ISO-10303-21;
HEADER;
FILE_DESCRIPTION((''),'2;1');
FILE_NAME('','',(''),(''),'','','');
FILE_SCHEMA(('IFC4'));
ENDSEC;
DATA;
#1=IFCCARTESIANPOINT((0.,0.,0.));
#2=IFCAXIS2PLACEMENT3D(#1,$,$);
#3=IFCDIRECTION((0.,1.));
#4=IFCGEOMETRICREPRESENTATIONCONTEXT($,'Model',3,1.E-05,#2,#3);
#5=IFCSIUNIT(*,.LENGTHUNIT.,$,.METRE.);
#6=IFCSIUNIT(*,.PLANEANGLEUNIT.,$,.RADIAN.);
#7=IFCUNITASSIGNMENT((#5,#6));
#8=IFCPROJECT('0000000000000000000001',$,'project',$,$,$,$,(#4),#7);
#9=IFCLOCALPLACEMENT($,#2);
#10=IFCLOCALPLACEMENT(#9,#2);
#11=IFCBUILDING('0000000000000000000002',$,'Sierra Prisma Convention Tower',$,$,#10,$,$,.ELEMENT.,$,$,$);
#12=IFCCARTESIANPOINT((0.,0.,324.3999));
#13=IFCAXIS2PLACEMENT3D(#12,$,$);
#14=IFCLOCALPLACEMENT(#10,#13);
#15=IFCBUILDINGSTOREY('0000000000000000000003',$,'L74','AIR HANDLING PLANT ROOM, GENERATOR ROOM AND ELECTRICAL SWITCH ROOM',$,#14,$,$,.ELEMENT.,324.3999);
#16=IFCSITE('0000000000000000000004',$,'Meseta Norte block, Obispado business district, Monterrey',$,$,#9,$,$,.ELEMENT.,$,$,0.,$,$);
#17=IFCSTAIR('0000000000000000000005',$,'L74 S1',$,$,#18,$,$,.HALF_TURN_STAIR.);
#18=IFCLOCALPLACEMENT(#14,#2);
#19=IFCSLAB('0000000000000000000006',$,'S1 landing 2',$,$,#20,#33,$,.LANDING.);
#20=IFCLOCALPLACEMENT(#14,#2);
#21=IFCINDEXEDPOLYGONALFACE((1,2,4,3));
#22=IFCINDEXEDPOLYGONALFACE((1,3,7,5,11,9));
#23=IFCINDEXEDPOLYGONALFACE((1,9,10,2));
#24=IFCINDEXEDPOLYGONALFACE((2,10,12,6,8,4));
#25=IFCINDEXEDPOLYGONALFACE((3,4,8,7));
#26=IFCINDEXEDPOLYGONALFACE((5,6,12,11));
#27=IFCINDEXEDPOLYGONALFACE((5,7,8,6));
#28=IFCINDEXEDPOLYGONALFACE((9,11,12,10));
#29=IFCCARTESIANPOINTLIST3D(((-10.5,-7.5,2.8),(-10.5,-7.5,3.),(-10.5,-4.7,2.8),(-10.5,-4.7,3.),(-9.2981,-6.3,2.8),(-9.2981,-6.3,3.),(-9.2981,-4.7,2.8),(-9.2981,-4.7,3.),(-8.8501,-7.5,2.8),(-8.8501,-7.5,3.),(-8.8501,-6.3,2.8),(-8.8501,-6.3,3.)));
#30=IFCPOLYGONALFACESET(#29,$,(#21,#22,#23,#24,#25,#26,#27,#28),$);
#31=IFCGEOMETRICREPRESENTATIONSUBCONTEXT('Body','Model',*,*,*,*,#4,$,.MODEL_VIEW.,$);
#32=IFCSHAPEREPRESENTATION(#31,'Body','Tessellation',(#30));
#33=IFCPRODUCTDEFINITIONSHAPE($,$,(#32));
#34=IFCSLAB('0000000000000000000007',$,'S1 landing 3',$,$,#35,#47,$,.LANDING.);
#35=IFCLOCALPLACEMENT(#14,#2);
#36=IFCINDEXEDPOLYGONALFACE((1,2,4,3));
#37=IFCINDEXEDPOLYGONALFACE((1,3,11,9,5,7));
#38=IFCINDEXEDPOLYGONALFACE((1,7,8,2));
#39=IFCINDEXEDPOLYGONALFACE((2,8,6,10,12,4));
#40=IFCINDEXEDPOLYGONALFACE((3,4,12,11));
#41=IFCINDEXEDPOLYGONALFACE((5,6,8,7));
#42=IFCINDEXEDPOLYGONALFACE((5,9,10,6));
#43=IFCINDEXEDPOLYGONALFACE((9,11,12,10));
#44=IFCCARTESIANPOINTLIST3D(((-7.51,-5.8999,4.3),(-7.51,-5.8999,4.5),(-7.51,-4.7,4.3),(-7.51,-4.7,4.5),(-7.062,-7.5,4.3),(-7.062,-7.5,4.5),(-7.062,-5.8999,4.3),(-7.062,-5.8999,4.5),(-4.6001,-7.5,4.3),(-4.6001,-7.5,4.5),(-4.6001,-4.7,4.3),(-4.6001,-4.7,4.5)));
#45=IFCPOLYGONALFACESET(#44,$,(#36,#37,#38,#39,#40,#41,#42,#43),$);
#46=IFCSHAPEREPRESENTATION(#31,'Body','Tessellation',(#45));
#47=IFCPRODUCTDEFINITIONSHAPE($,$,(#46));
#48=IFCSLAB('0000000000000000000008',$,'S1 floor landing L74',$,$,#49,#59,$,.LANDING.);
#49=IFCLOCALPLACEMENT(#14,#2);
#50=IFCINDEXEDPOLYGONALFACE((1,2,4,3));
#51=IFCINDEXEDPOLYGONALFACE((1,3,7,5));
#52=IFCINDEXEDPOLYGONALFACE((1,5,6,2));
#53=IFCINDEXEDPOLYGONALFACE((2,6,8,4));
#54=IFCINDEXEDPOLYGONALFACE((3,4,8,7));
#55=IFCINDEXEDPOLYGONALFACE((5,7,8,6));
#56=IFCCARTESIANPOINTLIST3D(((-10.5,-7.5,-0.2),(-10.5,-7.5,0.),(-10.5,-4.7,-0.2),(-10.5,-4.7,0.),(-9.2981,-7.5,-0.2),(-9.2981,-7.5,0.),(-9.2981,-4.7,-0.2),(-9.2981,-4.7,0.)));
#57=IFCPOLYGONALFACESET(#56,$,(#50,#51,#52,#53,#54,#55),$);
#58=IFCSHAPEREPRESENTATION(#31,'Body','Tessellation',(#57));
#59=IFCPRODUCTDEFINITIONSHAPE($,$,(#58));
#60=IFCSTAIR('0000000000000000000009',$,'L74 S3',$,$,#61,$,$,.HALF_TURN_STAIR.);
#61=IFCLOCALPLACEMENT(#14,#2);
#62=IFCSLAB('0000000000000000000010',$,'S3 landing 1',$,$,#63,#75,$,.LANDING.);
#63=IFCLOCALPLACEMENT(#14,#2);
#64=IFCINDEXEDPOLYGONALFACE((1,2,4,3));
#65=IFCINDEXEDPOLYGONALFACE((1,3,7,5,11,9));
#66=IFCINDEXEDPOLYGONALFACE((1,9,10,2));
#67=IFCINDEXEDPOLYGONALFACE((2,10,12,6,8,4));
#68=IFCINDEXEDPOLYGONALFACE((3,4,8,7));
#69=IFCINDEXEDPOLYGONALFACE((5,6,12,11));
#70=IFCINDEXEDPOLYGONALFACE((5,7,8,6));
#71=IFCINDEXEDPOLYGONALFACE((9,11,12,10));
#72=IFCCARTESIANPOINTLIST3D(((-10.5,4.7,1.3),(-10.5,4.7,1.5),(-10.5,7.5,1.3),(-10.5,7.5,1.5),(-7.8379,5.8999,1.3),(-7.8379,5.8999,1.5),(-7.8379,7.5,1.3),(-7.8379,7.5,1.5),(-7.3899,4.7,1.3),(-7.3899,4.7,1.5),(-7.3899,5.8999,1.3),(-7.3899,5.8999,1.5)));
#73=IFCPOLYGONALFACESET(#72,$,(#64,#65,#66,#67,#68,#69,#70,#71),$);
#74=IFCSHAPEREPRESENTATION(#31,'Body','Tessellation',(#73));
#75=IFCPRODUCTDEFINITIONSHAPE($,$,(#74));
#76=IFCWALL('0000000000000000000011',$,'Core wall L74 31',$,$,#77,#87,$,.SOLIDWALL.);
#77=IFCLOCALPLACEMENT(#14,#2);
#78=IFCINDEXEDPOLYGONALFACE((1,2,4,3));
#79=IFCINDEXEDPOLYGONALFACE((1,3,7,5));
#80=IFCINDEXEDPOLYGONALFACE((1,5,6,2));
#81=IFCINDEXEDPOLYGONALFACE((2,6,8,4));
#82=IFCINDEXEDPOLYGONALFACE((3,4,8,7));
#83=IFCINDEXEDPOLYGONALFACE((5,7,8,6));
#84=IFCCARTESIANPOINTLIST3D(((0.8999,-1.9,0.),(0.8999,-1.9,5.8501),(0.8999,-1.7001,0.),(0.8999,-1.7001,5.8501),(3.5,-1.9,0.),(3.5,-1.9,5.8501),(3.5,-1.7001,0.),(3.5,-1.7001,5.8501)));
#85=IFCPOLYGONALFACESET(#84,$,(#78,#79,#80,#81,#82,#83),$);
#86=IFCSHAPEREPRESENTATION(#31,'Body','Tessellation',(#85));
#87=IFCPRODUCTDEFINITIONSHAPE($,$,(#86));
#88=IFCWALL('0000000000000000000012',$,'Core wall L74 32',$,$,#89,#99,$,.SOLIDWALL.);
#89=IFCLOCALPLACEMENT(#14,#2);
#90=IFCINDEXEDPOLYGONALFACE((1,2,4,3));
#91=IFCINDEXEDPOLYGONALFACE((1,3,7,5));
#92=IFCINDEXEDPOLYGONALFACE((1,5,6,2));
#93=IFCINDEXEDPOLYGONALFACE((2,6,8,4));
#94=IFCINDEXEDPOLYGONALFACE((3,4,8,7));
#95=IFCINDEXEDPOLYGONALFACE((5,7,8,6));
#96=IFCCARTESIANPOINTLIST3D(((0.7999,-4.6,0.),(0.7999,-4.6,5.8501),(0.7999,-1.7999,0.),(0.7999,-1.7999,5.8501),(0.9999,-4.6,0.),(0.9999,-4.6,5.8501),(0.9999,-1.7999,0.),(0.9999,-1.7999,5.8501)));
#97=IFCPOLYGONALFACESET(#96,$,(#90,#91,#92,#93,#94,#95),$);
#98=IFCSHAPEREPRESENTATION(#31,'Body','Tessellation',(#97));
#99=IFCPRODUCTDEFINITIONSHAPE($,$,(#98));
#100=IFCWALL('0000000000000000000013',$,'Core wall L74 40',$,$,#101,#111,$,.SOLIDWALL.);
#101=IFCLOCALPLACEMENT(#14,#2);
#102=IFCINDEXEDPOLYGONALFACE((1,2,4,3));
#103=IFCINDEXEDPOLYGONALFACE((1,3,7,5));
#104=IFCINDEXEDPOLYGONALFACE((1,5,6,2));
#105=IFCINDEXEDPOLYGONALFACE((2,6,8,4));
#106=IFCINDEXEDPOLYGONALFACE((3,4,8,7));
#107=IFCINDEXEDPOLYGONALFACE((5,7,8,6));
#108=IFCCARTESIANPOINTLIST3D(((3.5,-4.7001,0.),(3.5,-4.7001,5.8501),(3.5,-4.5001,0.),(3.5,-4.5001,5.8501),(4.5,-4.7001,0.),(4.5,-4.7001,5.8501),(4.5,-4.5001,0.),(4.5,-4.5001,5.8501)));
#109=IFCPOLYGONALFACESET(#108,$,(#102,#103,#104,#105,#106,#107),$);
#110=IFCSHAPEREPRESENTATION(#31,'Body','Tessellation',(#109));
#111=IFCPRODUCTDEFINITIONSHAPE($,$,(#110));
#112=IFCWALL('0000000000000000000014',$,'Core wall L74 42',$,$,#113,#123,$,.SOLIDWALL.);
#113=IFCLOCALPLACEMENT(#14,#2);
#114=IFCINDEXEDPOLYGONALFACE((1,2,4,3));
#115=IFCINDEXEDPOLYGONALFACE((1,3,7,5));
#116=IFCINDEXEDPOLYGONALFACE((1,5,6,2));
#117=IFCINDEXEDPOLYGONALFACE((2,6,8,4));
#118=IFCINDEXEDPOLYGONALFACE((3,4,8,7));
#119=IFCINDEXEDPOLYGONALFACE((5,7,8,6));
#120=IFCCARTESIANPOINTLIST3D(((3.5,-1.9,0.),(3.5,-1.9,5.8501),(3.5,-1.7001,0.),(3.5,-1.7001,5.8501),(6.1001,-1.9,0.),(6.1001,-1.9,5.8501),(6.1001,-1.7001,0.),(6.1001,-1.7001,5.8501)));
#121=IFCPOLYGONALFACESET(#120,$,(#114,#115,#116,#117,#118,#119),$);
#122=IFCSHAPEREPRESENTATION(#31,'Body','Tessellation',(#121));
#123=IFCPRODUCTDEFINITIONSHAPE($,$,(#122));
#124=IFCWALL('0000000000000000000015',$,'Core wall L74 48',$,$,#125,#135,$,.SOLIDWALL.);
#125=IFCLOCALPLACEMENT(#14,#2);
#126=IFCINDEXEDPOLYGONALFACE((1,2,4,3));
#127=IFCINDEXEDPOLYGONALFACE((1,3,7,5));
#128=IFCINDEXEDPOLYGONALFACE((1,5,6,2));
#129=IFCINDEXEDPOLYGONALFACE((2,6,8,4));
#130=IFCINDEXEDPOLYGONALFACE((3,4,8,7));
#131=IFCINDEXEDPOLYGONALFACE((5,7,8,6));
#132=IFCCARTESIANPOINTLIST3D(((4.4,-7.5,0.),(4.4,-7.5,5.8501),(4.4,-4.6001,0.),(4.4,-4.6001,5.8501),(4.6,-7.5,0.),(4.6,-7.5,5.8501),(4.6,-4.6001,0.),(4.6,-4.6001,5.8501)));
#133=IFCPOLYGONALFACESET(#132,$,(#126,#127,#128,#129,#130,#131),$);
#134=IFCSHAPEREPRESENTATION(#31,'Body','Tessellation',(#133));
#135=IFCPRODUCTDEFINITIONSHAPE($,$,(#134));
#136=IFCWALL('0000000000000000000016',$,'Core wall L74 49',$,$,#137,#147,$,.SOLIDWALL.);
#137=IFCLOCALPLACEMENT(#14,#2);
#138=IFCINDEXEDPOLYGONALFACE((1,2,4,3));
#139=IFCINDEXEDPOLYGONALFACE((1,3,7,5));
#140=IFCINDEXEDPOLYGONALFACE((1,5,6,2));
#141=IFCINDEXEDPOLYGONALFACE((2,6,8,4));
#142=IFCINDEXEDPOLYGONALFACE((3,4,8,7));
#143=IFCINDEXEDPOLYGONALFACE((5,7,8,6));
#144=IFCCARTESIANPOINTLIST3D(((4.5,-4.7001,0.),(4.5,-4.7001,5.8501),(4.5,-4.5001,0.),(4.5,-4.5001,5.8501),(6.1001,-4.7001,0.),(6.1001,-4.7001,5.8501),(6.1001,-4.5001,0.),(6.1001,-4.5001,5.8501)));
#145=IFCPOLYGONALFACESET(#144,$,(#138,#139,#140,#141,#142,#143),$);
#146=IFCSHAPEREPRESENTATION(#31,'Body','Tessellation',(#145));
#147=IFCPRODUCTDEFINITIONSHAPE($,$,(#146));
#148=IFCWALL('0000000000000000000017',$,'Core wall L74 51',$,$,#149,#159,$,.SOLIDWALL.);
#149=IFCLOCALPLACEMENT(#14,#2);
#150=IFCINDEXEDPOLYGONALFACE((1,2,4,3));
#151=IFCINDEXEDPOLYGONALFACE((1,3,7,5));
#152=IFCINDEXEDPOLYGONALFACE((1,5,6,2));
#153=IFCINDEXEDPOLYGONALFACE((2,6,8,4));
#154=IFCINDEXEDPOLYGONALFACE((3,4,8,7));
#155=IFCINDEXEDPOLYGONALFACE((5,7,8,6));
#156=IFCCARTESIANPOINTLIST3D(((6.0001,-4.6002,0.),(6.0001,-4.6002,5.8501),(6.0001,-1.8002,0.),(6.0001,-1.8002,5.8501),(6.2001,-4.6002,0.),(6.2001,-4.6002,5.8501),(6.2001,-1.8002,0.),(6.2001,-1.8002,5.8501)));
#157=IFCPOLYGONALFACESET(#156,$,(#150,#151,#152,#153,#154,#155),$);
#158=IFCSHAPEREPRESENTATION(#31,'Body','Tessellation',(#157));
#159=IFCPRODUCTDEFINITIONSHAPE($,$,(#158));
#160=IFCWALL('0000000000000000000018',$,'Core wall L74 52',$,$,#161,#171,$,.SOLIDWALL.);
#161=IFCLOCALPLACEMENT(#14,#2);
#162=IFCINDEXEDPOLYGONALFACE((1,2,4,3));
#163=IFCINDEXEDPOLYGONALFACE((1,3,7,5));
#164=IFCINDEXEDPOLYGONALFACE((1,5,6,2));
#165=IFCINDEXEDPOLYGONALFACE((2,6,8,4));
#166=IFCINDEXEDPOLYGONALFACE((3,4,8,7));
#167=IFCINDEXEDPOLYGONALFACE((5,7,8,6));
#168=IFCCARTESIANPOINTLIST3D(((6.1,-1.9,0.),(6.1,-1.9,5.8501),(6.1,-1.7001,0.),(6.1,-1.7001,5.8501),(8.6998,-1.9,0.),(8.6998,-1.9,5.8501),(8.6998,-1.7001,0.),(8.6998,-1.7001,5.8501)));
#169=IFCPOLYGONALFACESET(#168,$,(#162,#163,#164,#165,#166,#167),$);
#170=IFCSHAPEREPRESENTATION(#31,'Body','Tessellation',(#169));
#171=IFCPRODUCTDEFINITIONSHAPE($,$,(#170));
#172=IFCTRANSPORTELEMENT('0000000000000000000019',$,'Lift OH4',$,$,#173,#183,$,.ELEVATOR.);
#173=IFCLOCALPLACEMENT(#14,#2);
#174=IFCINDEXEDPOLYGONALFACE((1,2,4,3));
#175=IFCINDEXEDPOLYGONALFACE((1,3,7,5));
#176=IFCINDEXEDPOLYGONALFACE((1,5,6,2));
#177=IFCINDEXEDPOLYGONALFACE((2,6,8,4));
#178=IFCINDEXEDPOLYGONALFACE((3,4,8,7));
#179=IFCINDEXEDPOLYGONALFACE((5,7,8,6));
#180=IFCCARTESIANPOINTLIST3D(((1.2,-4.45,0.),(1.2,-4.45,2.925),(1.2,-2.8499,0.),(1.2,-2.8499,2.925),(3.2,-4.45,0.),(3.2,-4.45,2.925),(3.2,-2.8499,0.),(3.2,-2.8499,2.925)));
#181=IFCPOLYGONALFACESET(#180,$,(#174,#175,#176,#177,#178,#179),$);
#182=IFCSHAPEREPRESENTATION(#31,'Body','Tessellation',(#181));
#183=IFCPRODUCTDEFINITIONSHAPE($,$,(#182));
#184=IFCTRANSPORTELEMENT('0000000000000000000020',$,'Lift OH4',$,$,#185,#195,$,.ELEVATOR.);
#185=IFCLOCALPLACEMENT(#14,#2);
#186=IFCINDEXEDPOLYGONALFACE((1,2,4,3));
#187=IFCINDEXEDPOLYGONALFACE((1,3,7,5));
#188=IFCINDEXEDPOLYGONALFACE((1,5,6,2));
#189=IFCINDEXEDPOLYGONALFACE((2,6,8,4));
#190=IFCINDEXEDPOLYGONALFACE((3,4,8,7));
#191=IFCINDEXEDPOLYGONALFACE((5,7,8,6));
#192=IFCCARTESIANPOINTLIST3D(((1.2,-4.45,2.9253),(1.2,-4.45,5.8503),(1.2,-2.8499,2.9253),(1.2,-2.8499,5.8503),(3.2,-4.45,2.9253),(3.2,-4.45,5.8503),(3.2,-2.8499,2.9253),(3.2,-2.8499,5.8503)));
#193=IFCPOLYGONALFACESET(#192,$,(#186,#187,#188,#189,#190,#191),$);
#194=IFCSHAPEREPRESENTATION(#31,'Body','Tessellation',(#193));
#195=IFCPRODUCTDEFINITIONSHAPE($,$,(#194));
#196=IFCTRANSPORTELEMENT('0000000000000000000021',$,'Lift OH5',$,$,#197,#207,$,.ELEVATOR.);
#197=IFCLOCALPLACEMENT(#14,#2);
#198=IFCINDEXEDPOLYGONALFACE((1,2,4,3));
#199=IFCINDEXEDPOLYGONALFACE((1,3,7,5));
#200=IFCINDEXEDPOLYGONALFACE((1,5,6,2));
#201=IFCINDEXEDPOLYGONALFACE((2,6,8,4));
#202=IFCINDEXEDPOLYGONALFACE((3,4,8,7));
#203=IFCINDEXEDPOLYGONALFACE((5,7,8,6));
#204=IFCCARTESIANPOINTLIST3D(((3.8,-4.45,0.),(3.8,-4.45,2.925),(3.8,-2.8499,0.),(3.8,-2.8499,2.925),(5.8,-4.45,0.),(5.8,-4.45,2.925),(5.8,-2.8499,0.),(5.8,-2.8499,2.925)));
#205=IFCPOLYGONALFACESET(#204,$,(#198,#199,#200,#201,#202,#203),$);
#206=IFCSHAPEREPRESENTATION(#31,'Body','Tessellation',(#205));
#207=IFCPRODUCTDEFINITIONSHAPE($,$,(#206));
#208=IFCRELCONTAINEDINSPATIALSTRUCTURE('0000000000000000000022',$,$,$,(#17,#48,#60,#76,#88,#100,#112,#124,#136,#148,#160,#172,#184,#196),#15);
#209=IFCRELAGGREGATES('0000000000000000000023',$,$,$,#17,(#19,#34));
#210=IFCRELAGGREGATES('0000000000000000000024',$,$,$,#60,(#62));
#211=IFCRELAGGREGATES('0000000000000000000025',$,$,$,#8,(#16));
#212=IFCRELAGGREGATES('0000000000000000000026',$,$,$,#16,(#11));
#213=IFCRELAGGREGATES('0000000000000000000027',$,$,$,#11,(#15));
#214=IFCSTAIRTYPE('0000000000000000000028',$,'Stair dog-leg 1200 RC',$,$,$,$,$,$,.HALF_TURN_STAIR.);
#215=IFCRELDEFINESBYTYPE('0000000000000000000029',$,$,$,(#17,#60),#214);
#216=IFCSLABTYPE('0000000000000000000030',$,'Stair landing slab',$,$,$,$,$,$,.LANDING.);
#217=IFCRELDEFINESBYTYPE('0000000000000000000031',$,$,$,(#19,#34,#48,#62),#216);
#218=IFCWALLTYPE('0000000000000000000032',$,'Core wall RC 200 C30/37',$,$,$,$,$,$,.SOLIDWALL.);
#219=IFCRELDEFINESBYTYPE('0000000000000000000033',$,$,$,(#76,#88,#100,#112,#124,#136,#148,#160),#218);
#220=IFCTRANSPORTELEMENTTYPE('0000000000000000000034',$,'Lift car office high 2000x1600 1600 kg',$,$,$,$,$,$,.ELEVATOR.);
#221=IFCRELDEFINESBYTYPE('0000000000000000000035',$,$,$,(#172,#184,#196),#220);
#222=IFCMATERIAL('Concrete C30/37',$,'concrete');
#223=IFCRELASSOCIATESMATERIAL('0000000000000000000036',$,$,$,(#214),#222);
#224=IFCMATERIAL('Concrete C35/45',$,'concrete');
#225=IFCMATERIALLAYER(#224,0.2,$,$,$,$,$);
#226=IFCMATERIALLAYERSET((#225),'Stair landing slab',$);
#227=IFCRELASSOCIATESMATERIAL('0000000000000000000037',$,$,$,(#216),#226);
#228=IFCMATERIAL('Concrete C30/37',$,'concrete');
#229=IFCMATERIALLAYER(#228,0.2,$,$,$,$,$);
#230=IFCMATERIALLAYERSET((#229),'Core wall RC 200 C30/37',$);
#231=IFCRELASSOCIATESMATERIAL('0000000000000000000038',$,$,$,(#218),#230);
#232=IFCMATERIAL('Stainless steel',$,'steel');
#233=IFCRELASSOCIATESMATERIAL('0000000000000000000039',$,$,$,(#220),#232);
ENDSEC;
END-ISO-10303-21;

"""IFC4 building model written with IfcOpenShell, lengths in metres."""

from ifc_helpers import new_model, si_unit, direction, frame, frame_2d, origin, origin_2d, place, context, subcontext, project, spatial, polyline, rectangle, outline, extrude, material, layer, layer_set, type_object, element, aggregate, save


model = new_model("IFC4")

# Units and contexts
model_context = context("Model", 3, precision=1e-05, world=origin(), true_north=direction((0.0, 1.0)))
body_context = subcontext(model_context, "Body", "Model", "MODEL_VIEW")
ifc_project = project(units=[si_unit("LENGTHUNIT", "METRE"), si_unit("PLANEANGLEUNIT", "RADIAN")], contexts=[model_context])

# Site, building, storey
site_placement = place(None, origin())
site = spatial("IfcSite", under=ifc_project, at=site_placement, Name="Meseta Norte block, Obispado business district, Monterrey", CompositionType="ELEMENT", RefElevation=0.0)
building_placement = place(site_placement, origin())
building = spatial("IfcBuilding", under=site, at=building_placement, Name="Sierra Prisma Convention Tower", CompositionType="ELEMENT")
storey_placement = place(building_placement, frame((0.0, 0.0, 324.3999)))
storey = spatial("IfcBuildingStorey", under=building, at=storey_placement, Name="L74", Description="AIR HANDLING PLANT ROOM, GENERATOR ROOM AND ELECTRICAL SWITCH ROOM", CompositionType="ELEMENT", Elevation=324.3999)

# Stair, slabs
ifc_material_1 = material(Name="Concrete C30/37", Category="concrete")
stair_type = type_object("IfcStairType", Name="Stair dog-leg 1200 RC", PredefinedType="HALF_TURN_STAIR", material=ifc_material_1)
stair_1_placement = place(storey_placement, origin())
stair_1 = element("IfcStair", 1, at=stair_1_placement, inside=storey, type_object=stair_type, Name="L74 S1", PredefinedType="HALF_TURN_STAIR")
ifc_material_2 = material(Name="Concrete C35/45", Category="concrete")
ifc_layer_1 = layer(ifc_material_2, 0.2)
ifc_layer_set_1 = layer_set([ifc_layer_1], Name="Stair landing slab")
slab_type_1 = type_object("IfcSlabType", Name="Stair landing slab", PredefinedType="LANDING", material=ifc_layer_set_1)
slab_1_placement = place(storey_placement, frame((0.0, 0.0, 2.8)))
slab_1 = element("IfcSlab", 2, at=slab_1_placement, type_object=slab_type_1, Name="S1 landing 2", PredefinedType="LANDING", context=body_context, shape_type="SweptSolid", body=[
    extrude(outline(polyline([(-10.5, -7.5), (-10.5, -4.7), (-9.2981, -4.7), (-9.2981, -6.3), (-8.8501, -6.3), (-8.8501, -7.5), (-10.5, -7.5)])), origin(), (0.0, 0.0, 1.0), 0.2),
])
slab_2_placement = place(storey_placement, frame((0.0, 0.0, 4.3)))
slab_2 = element("IfcSlab", 3, at=slab_2_placement, type_object=slab_type_1, Name="S1 landing 3", PredefinedType="LANDING", context=body_context, shape_type="SweptSolid", body=[
    extrude(outline(polyline([(-4.6001, -4.7), (-4.6001, -7.5), (-7.062, -7.5), (-7.062, -5.8999), (-7.51, -5.8999), (-7.51, -4.7), (-4.6001, -4.7)])), origin(), (0.0, 0.0, 1.0), 0.2),
])
aggregate(stair_1, [slab_1, slab_2])

# Slab
slab_3_placement = place(storey_placement, frame((0.0, 0.0, -0.2)))
element("IfcSlab", 4, at=slab_3_placement, inside=storey, type_object=slab_type_1, Name="S1 floor landing L74", PredefinedType="LANDING", context=body_context, shape_type="SweptSolid", body=[
    extrude(outline(polyline([(-10.5, -7.5), (-9.2981, -7.5), (-9.2981, -4.7), (-10.5, -4.7), (-10.5, -7.5)])), origin(), (0.0, 0.0, 1.0), 0.2),
])

# Stair, slab
stair_2_placement = place(storey_placement, origin())
stair_2 = element("IfcStair", 5, at=stair_2_placement, inside=storey, type_object=stair_type, Name="L74 S3", PredefinedType="HALF_TURN_STAIR")
slab_4_placement = place(storey_placement, frame((0.0, 0.0, 1.3)))
slab_4 = element("IfcSlab", 6, at=slab_4_placement, type_object=slab_type_1, Name="S3 landing 1", PredefinedType="LANDING", context=body_context, shape_type="SweptSolid", body=[
    extrude(outline(polyline([(-7.3899, 5.8999), (-7.3899, 4.7), (-10.5, 4.7), (-10.5, 7.5), (-7.8379, 7.5), (-7.8379, 5.8999), (-7.3899, 5.8999)])), origin(), (0.0, 0.0, 1.0), 0.2),
])
aggregate(stair_2, [slab_4])

# Walls
ifc_material_3 = material(Name="Concrete C30/37", Category="concrete")
ifc_layer_2 = layer(ifc_material_3, 0.2)
ifc_layer_set_2 = layer_set([ifc_layer_2], Name="Core wall RC 200 C30/37")
wall_type = type_object("IfcWallType", Name="Core wall RC 200 C30/37", PredefinedType="SOLIDWALL", material=ifc_layer_set_2)
wall_1_placement = place(storey_placement, frame((0.8999, -1.8, 0.0), z_axis=(0.0, 0.0, 1.0), x_axis=(1.0, 0.0, 0.0)))
element("IfcWall", 7, at=wall_1_placement, inside=storey, type_object=wall_type, Name="Core wall L74 31", PredefinedType="SOLIDWALL", context=body_context, shape_type="SweptSolid", body=[
    extrude(rectangle(XDim=2.6001, YDim=0.2, at=frame_2d((1.3, 0.0))), origin(), (0.0, 0.0, 1.0), 5.8501),
])
wall_2_placement = place(storey_placement, frame((0.8999, -1.8, 0.0), z_axis=(0.0, 0.0, 1.0), x_axis=(0.0, -1.0, 0.0)))
element("IfcWall", 8, at=wall_2_placement, inside=storey, type_object=wall_type, Name="Core wall L74 32", PredefinedType="SOLIDWALL", context=body_context, shape_type="SweptSolid", body=[
    extrude(rectangle(XDim=2.8, YDim=0.2, at=frame_2d((1.3999, 0.0))), origin(), (0.0, 0.0, 1.0), 5.8501),
])
wall_3_placement = place(storey_placement, frame((4.5, -4.6001, 0.0), z_axis=(0.0, 0.0, 1.0), x_axis=(-1.0, 0.0, 0.0)))
element("IfcWall", 9, at=wall_3_placement, inside=storey, type_object=wall_type, Name="Core wall L74 40", PredefinedType="SOLIDWALL", context=body_context, shape_type="SweptSolid", body=[
    extrude(rectangle(XDim=1.0, YDim=0.2, at=frame_2d((0.5, 0.0))), origin(), (0.0, 0.0, 1.0), 5.8501),
])
wall_4_placement = place(storey_placement, frame((3.5, -1.8, 0.0), z_axis=(0.0, 0.0, 1.0), x_axis=(1.0, 0.0, 0.0)))
element("IfcWall", 10, at=wall_4_placement, inside=storey, type_object=wall_type, Name="Core wall L74 42", PredefinedType="SOLIDWALL", context=body_context, shape_type="SweptSolid", body=[
    extrude(rectangle(XDim=2.6001, YDim=0.2, at=frame_2d((1.3, 0.0))), origin(), (0.0, 0.0, 1.0), 5.8501),
])
wall_5_placement = place(storey_placement, frame((4.5, -4.6001, 0.0), z_axis=(0.0, 0.0, 1.0), x_axis=(0.0, -1.0, 0.0)))
element("IfcWall", 11, at=wall_5_placement, inside=storey, type_object=wall_type, Name="Core wall L74 48", PredefinedType="SOLIDWALL", context=body_context, shape_type="SweptSolid", body=[
    extrude(rectangle(XDim=2.8999, YDim=0.2, at=frame_2d((1.45, 0.0))), origin(), (0.0, 0.0, 1.0), 5.8501),
])
wall_6_placement = place(storey_placement, frame((6.1001, -4.6001, 0.0), z_axis=(0.0, 0.0, 1.0), x_axis=(-1.0, 0.0, 0.0)))
element("IfcWall", 12, at=wall_6_placement, inside=storey, type_object=wall_type, Name="Core wall L74 49", PredefinedType="SOLIDWALL", context=body_context, shape_type="SweptSolid", body=[
    extrude(rectangle(XDim=1.6001, YDim=0.2, at=frame_2d((0.8, 0.0))), origin(), (0.0, 0.0, 1.0), 5.8501),
])
wall_7_placement = place(storey_placement, frame((6.1001, -4.6001, 0.0), z_axis=(0.0, 0.0, 1.0), x_axis=(0.0, 1.0, 0.0)))
element("IfcWall", 13, at=wall_7_placement, inside=storey, type_object=wall_type, Name="Core wall L74 51", PredefinedType="SOLIDWALL", context=body_context, shape_type="SweptSolid", body=[
    extrude(rectangle(XDim=2.8, YDim=0.2, at=frame_2d((1.3999, 0.0))), origin(), (0.0, 0.0, 1.0), 5.8501),
])
wall_8_placement = place(storey_placement, frame((6.1001, -1.8, 0.0), z_axis=(0.0, 0.0, 1.0), x_axis=(1.0, 0.0, 0.0)))
element("IfcWall", 14, at=wall_8_placement, inside=storey, type_object=wall_type, Name="Core wall L74 52", PredefinedType="SOLIDWALL", context=body_context, shape_type="SweptSolid", body=[
    extrude(rectangle(XDim=2.5999, YDim=0.2, at=frame_2d((1.2998, 0.0))), origin(), (0.0, 0.0, 1.0), 5.8501),
])

# Transport elements
ifc_material_4 = material(Name="Stainless steel", Category="steel")
transport_element_type = type_object("IfcTransportElementType", Name="Lift car office high 2000x1600 1600 kg", PredefinedType="ELEVATOR", material=ifc_material_4)
for number, where, z_axis, x_axis, name in (
    (15, (2.2, -3.6499, 0.0), (0.0, 0.0, 1.0), (1.0, 0.0, 0.0), "Lift OH4"),
    (16, (2.2, -3.6499, 2.9253), (0.0, 0.0, 1.0), (1.0, 0.0, 0.0), "Lift OH4"),
    (17, (4.8, -3.6499, 0.0), (0.0, 0.0, 1.0), (1.0, 0.0, 0.0), "Lift OH5"),
):
    element("IfcTransportElement", number, at=place(storey_placement, frame(where, z_axis=z_axis, x_axis=x_axis)), inside=storey, type_object=transport_element_type, Name=name, PredefinedType="ELEVATOR", context=body_context, shape_type="SweptSolid", body=[
        extrude(rectangle(XDim=2.0, YDim=1.6001, at=origin_2d()), origin(), (0.0, 0.0, 1.0), 2.925),
    ])

save(model, "model.ifc")
